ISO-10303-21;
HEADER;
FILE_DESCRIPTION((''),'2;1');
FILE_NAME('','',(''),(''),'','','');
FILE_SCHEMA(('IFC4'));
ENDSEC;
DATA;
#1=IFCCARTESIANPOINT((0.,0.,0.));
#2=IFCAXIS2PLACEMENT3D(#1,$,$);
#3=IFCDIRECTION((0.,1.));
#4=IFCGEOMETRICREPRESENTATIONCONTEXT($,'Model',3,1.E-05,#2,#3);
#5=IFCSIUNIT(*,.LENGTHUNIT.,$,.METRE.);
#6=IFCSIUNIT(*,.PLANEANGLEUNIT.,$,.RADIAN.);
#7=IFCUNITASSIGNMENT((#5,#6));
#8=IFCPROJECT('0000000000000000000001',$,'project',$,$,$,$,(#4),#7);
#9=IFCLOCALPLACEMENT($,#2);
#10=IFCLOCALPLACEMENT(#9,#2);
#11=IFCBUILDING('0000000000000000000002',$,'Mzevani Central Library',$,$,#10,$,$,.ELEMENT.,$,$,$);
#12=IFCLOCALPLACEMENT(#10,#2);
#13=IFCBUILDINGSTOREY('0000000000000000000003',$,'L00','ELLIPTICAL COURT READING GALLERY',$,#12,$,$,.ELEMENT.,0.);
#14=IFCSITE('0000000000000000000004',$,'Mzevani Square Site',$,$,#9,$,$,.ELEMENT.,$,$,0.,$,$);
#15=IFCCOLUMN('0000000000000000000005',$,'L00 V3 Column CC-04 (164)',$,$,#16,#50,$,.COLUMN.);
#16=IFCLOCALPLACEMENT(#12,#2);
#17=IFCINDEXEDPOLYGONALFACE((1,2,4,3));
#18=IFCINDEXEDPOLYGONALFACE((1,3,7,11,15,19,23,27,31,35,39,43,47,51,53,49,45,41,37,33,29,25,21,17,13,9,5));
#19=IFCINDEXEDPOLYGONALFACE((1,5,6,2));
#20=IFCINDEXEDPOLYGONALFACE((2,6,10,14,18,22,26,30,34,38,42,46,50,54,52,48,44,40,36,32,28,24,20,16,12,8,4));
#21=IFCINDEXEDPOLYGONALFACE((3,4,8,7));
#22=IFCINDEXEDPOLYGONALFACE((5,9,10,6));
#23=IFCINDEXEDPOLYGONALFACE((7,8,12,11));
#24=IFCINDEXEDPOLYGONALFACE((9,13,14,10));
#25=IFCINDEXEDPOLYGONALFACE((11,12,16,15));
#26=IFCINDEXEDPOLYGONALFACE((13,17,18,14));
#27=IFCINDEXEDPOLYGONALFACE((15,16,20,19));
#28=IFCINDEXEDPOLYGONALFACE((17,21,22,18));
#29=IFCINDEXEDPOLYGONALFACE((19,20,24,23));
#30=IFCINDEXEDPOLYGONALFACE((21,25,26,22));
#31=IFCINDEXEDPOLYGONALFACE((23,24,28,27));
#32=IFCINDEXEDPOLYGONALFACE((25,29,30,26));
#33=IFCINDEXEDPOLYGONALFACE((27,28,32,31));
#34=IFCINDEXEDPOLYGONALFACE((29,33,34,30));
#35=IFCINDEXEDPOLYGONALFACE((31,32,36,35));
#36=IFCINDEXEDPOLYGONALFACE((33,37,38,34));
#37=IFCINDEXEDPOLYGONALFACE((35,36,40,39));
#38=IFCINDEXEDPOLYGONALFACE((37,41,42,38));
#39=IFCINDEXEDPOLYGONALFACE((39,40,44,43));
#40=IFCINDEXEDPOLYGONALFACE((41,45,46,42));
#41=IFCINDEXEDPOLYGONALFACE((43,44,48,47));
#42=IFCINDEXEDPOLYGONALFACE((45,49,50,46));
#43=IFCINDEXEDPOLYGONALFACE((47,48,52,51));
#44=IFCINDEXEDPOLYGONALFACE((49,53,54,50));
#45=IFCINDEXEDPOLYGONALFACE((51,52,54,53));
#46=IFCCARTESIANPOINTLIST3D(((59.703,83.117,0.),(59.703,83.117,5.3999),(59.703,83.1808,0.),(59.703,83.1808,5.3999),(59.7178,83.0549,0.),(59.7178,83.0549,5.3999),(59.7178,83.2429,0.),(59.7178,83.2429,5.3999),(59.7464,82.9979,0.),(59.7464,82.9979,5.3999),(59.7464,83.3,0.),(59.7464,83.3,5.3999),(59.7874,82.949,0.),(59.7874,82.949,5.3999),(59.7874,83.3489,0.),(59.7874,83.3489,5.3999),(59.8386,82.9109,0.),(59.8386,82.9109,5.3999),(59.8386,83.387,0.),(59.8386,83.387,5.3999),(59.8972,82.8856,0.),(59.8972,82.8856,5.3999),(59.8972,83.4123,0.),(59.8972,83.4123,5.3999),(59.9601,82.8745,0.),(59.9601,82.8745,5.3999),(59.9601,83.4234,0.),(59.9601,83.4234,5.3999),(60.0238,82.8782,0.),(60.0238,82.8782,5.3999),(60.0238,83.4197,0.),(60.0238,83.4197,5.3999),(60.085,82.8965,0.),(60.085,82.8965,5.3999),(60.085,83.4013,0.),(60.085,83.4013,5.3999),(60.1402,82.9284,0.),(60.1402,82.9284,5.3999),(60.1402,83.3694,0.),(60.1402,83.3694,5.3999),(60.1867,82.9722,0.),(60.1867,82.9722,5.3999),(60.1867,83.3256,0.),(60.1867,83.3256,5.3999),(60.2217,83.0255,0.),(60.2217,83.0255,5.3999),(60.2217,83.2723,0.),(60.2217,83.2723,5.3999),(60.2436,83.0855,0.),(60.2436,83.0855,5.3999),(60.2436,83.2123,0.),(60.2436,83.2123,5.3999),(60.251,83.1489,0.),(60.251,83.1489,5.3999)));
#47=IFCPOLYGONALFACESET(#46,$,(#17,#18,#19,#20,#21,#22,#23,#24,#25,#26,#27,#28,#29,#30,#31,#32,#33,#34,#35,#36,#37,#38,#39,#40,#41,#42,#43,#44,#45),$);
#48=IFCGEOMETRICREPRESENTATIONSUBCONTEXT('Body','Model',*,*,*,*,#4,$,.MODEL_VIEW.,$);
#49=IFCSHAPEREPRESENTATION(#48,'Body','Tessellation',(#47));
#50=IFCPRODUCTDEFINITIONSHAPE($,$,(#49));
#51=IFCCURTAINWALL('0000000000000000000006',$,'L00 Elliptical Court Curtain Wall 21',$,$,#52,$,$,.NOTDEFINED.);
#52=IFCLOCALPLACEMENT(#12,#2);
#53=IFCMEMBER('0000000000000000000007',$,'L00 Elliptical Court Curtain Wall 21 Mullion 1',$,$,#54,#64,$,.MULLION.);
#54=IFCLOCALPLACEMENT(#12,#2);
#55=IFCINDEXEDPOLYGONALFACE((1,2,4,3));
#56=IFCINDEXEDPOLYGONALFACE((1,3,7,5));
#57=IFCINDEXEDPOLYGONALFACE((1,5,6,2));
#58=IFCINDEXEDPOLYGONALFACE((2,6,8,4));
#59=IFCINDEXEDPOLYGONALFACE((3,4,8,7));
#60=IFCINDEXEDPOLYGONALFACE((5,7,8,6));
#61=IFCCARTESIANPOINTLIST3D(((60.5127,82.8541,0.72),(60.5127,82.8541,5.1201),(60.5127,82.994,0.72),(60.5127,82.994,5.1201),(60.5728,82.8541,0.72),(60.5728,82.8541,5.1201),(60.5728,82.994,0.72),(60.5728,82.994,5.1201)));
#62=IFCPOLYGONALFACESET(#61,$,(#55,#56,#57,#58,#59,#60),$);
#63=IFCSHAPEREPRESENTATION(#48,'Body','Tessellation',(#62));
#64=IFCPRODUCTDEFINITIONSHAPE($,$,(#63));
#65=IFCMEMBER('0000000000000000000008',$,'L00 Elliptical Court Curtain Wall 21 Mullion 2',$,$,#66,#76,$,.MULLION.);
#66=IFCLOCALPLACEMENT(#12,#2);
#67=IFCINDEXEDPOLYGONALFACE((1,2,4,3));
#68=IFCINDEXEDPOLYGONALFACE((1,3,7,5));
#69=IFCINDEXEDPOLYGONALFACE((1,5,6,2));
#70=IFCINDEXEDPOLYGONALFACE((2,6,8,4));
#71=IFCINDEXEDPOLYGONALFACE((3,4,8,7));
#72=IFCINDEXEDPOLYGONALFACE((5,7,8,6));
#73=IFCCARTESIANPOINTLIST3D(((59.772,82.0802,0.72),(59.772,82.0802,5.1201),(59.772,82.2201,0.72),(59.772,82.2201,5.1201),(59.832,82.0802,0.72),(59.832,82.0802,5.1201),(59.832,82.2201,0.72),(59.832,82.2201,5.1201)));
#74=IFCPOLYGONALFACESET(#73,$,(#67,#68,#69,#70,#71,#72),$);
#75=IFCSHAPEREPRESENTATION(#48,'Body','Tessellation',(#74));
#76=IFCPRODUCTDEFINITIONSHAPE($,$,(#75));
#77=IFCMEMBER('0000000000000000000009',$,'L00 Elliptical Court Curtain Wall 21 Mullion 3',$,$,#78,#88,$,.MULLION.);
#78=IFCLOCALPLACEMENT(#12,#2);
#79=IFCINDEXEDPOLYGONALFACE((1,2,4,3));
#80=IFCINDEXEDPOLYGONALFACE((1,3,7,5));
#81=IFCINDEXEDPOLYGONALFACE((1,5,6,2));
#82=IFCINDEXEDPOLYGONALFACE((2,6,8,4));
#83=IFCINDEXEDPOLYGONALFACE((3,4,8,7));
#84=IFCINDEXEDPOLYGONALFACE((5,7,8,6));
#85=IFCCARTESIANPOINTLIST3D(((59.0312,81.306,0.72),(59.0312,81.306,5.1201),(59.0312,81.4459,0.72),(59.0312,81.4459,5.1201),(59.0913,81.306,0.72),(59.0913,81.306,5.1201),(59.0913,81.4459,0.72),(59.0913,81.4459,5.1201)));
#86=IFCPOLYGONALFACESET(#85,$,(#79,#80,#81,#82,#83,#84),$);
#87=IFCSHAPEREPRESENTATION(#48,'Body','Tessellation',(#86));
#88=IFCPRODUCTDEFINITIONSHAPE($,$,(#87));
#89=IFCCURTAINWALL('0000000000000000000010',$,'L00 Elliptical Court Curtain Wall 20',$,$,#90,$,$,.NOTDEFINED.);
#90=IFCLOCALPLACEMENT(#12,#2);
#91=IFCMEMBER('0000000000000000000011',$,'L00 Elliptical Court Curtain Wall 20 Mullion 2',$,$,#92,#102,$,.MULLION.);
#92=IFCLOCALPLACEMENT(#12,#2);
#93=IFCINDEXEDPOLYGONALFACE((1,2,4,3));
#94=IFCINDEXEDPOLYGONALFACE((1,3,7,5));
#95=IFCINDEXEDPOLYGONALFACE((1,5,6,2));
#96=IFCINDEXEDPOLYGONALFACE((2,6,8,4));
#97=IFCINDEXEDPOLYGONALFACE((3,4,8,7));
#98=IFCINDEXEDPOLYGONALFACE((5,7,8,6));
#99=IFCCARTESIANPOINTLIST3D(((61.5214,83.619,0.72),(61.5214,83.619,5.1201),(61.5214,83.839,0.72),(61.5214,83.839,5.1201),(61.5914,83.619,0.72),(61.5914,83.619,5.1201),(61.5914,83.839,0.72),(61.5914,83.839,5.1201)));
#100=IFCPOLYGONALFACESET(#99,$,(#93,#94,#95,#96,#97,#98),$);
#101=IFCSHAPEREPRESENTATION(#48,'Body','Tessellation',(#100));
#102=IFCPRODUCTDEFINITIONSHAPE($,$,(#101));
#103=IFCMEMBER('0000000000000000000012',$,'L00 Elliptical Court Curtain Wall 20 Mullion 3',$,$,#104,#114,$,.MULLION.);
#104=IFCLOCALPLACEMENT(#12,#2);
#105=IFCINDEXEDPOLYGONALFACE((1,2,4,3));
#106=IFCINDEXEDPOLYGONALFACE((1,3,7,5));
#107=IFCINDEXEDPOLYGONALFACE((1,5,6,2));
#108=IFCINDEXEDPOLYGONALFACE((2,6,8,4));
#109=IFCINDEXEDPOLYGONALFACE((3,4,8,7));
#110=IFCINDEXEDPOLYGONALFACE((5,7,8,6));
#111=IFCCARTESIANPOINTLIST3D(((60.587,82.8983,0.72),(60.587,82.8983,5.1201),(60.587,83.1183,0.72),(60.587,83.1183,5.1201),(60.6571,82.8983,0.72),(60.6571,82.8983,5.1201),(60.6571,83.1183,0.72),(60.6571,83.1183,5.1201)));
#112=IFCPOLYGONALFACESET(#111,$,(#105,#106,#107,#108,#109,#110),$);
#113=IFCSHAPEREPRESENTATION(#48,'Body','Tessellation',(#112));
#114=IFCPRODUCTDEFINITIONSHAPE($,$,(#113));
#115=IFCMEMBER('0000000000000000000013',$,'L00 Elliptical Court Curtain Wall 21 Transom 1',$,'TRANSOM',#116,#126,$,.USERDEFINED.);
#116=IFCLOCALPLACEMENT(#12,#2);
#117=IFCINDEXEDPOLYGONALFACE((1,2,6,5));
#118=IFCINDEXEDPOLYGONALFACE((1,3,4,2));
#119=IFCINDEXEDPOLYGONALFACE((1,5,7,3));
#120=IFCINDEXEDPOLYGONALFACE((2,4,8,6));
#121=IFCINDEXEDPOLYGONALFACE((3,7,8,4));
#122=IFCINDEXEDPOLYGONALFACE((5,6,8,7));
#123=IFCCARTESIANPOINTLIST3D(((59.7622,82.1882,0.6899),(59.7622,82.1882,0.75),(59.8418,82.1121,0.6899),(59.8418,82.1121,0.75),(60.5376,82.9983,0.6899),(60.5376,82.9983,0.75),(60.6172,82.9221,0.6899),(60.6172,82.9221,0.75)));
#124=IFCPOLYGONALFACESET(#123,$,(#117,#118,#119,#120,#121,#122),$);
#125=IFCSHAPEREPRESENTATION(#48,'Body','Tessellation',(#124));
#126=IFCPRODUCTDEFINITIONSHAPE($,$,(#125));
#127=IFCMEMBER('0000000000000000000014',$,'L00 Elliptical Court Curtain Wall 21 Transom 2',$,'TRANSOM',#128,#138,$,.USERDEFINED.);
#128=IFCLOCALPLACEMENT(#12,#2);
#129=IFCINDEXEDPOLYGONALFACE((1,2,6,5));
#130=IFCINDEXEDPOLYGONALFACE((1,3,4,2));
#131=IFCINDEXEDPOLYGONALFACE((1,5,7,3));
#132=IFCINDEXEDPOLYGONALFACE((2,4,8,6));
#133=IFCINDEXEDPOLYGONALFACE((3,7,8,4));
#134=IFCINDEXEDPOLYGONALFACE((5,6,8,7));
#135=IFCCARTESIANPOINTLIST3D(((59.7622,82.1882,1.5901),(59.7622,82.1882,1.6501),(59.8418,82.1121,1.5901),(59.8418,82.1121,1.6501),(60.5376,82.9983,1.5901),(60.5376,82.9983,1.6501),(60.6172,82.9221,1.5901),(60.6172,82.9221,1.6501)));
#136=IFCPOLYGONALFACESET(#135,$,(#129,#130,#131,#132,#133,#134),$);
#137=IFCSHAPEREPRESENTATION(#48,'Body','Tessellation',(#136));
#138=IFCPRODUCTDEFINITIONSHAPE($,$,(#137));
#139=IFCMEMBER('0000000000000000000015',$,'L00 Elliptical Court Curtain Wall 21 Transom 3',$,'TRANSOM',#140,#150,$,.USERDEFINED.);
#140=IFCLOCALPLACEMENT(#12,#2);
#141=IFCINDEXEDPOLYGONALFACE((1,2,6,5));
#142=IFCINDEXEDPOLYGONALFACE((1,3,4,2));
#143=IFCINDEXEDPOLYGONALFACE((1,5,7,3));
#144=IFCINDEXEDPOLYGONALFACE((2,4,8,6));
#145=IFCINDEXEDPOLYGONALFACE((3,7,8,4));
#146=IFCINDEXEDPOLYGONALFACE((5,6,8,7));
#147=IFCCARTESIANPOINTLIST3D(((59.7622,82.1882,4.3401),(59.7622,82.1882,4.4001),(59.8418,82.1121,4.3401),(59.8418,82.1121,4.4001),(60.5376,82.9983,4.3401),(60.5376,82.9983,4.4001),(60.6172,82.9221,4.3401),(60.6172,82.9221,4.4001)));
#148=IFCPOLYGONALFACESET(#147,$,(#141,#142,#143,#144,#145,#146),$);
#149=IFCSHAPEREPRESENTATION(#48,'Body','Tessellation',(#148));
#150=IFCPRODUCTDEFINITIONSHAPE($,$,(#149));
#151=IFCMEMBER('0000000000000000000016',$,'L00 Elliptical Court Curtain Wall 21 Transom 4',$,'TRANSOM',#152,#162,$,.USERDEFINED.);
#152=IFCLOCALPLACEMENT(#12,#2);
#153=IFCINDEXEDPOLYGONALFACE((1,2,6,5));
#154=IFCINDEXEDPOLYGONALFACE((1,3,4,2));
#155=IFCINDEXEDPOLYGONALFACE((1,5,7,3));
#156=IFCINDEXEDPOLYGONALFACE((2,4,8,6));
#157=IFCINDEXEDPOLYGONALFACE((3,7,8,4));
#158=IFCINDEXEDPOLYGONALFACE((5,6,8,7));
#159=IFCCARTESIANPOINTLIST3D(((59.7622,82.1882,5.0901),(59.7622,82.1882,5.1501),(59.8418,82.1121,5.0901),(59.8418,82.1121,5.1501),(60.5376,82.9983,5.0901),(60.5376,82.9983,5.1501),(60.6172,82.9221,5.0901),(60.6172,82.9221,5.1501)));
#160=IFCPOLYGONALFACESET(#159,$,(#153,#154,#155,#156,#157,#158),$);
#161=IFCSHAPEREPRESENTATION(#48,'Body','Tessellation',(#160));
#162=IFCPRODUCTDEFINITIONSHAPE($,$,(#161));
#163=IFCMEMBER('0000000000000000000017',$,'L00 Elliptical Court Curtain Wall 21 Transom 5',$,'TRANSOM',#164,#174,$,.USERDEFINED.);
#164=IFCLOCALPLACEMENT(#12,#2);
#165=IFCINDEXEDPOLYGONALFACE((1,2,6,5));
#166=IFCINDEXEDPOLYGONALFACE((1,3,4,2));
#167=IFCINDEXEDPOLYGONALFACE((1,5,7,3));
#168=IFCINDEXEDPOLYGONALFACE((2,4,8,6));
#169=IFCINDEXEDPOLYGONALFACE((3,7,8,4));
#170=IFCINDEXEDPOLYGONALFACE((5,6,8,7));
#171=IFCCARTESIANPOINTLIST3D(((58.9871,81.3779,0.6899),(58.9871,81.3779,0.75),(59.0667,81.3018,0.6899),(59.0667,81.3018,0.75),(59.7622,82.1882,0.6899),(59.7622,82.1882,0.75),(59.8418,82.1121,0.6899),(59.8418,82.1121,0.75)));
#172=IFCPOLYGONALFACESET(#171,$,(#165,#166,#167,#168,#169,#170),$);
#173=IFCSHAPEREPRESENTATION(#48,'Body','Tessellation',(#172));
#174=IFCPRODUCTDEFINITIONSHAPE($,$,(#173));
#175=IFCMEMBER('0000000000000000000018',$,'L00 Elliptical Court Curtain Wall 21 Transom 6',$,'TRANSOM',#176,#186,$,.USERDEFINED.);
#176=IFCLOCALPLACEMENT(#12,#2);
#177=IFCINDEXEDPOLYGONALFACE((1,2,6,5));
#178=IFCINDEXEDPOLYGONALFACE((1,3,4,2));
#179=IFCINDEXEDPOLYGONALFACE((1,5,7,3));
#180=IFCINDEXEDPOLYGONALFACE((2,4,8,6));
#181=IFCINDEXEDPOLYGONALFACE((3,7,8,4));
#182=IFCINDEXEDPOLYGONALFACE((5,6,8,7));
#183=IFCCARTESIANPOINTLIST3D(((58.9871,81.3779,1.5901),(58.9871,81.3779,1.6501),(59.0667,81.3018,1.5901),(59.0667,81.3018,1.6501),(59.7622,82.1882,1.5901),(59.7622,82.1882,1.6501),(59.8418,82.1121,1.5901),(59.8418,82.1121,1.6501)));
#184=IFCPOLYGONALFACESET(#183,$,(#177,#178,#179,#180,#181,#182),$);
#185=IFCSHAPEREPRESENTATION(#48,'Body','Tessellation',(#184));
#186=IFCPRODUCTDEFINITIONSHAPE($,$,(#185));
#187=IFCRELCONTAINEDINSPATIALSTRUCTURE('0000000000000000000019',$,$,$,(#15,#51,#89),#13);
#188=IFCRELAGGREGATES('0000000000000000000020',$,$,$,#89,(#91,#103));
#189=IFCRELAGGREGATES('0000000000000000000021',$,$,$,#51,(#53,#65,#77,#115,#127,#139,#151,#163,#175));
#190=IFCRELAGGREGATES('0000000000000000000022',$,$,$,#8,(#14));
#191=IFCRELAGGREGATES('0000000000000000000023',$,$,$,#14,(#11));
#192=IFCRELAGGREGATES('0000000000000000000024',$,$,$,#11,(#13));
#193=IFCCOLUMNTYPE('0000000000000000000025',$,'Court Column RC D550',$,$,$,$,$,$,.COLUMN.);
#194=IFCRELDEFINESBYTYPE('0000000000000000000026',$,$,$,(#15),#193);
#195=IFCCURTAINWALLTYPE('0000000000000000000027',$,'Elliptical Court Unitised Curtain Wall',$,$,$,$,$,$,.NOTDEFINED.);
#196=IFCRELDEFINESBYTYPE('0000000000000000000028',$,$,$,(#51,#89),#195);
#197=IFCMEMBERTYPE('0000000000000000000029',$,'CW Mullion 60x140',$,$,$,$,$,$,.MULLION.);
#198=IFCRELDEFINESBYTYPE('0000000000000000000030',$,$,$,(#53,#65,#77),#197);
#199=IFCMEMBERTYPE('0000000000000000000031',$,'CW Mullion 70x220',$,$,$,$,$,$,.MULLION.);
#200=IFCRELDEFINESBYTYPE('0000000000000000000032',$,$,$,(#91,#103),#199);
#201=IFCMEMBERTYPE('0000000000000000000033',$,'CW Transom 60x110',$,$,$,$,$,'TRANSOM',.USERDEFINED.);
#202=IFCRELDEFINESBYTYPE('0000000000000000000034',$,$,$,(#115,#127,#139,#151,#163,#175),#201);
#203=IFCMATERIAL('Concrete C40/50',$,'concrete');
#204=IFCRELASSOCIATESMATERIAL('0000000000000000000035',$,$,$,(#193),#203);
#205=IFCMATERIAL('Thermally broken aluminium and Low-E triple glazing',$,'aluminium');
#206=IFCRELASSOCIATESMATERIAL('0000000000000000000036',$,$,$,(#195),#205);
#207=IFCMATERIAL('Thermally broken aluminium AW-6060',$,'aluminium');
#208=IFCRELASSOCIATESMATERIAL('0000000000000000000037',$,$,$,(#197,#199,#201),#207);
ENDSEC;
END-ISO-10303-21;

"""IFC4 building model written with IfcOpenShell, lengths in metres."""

from ifc_helpers import new_model, si_unit, direction, frame, origin, origin_2d, place, context, subcontext, project, spatial, rectangle, circle, extrude, material, material_profile, profile_set, type_object, element, aggregate, save


model = new_model("IFC4")

# Units and contexts
model_context = context("Model", 3, precision=1e-05, world=origin(), true_north=direction((0.0, 1.0)))
body_context = subcontext(model_context, "Body", "Model", "MODEL_VIEW")
ifc_project = project(units=[si_unit("LENGTHUNIT", "METRE"), si_unit("PLANEANGLEUNIT", "RADIAN")], contexts=[model_context])

# Site, building, storey
site_placement = place(None, origin())
site = spatial("IfcSite", under=ifc_project, at=site_placement, Name="Mzevani Square Site", CompositionType="ELEMENT", RefElevation=0.0)
building_placement = place(site_placement, origin())
building = spatial("IfcBuilding", under=site, at=building_placement, Name="Mzevani Central Library", CompositionType="ELEMENT")
storey_placement = place(building_placement, origin())
storey = spatial("IfcBuildingStorey", under=building, at=storey_placement, Name="L00", Description="ELLIPTICAL COURT READING GALLERY", CompositionType="ELEMENT", Elevation=0.0)

# Column
ifc_material_1 = material(Name="Concrete C40/50", Category="concrete")
ifc_material_profile_1 = material_profile(ifc_material_1, circle(Radius=0.2749, at=origin_2d()), Name="RC D550")
ifc_profile_set_1 = profile_set([ifc_material_profile_1], Name="Concrete C40/50")
column_type = type_object("IfcColumnType", Name="Court Column RC D550", PredefinedType="COLUMN", material=ifc_profile_set_1)
column_placement = place(storey_placement, frame((59.9761, 83.1489, 0.0), z_axis=(0.0, 0.0, 1.0), x_axis=(1.0, 0.0, 0.0)))
element("IfcColumn", 1, at=column_placement, inside=storey, type_object=column_type, Name="L00 V3 Column CC-04 (164)", PredefinedType="COLUMN", context=body_context, shape_type="SweptSolid", body=[
    extrude(circle(Radius=0.2749, at=origin_2d()), origin(), (0.0, 0.0, 1.0), 5.3999),
])

# Curtain walls, members
ifc_material_2 = material(Name="Thermally broken aluminium and Low-E triple glazing", Category="aluminium")
curtain_wall_type_1 = type_object("IfcCurtainWallType", Name="Elliptical Court Unitised Curtain Wall", PredefinedType="NOTDEFINED", material=ifc_material_2)
curtain_wall_1_placement = place(storey_placement, origin())
curtain_wall_1 = element("IfcCurtainWall", 2, at=curtain_wall_1_placement, inside=storey, type_object=curtain_wall_type_1, Name="L00 Elliptical Court Curtain Wall 21", PredefinedType="NOTDEFINED")
ifc_material_3 = material(Name="Thermally broken aluminium AW-6060", Category="aluminium")
ifc_material_profile_2 = material_profile(ifc_material_3, rectangle(XDim=0.0601, YDim=0.1399, at=origin_2d()), Name="ALU M60x140")
ifc_profile_set_2 = profile_set([ifc_material_profile_2], Name="Thermally broken aluminium AW-6060")
member_type_1 = type_object("IfcMemberType", Name="CW Mullion 60x140", PredefinedType="MULLION", material=ifc_profile_set_2)
member_1_placement = place(storey_placement, frame((60.5427, 82.9241, 0.72), z_axis=(0.0, 0.0, 1.0), x_axis=(1.0, 0.0, 0.0)))
member_1 = element("IfcMember", 3, at=member_1_placement, type_object=member_type_1, Name="L00 Elliptical Court Curtain Wall 21 Mullion 1", PredefinedType="MULLION", context=body_context, shape_type="SweptSolid", body=[
    extrude(rectangle(XDim=0.0601, YDim=0.1399, at=origin_2d()), origin(), (0.0, 0.0, 1.0), 4.4001),
])
member_2_placement = place(storey_placement, frame((59.802, 82.1501, 0.72), z_axis=(0.0, 0.0, 1.0), x_axis=(1.0, 0.0, 0.0)))
member_2 = element("IfcMember", 4, at=member_2_placement, type_object=member_type_1, Name="L00 Elliptical Court Curtain Wall 21 Mullion 2", PredefinedType="MULLION", context=body_context, shape_type="SweptSolid", body=[
    extrude(rectangle(XDim=0.0601, YDim=0.1399, at=origin_2d()), origin(), (0.0, 0.0, 1.0), 4.4001),
])
member_3_placement = place(storey_placement, frame((59.0613, 81.376, 0.72), z_axis=(0.0, 0.0, 1.0), x_axis=(1.0, 0.0, 0.0)))
member_3 = element("IfcMember", 5, at=member_3_placement, type_object=member_type_1, Name="L00 Elliptical Court Curtain Wall 21 Mullion 3", PredefinedType="MULLION", context=body_context, shape_type="SweptSolid", body=[
    extrude(rectangle(XDim=0.0601, YDim=0.1399, at=origin_2d()), origin(), (0.0, 0.0, 1.0), 4.4001),
])
curtain_wall_2_placement = place(storey_placement, origin())
curtain_wall_2 = element("IfcCurtainWall", 6, at=curtain_wall_2_placement, inside=storey, type_object=curtain_wall_type_1, Name="L00 Elliptical Court Curtain Wall 20", PredefinedType="NOTDEFINED")
ifc_material_profile_3 = material_profile(ifc_material_3, rectangle(XDim=0.0701, YDim=0.22, at=origin_2d()), Name="ALU M70x220")
ifc_profile_set_3 = profile_set([ifc_material_profile_3], Name="Thermally broken aluminium AW-6060")
member_type_2 = type_object("IfcMemberType", Name="CW Mullion 70x220", PredefinedType="MULLION", material=ifc_profile_set_3)
member_4_placement = place(storey_placement, frame((61.5564, 83.729, 0.72), z_axis=(0.0, 0.0, 1.0), x_axis=(1.0, 0.0, 0.0)))
member_4 = element("IfcMember", 7, at=member_4_placement, type_object=member_type_2, Name="L00 Elliptical Court Curtain Wall 20 Mullion 2", PredefinedType="MULLION", context=body_context, shape_type="SweptSolid", body=[
    extrude(rectangle(XDim=0.0701, YDim=0.22, at=origin_2d()), origin(), (0.0, 0.0, 1.0), 4.4001),
])
member_5_placement = place(storey_placement, frame((60.6221, 83.0083, 0.72), z_axis=(0.0, 0.0, 1.0), x_axis=(1.0, 0.0, 0.0)))
member_5 = element("IfcMember", 8, at=member_5_placement, type_object=member_type_2, Name="L00 Elliptical Court Curtain Wall 20 Mullion 3", PredefinedType="MULLION", context=body_context, shape_type="SweptSolid", body=[
    extrude(rectangle(XDim=0.0701, YDim=0.22, at=origin_2d()), origin(), (0.0, 0.0, 1.0), 4.4001),
])

# Members
ifc_material_profile_4 = material_profile(ifc_material_3, rectangle(XDim=0.1101, YDim=0.0601, at=origin_2d()), Name="ALU T60x110")
ifc_profile_set_4 = profile_set([ifc_material_profile_4], Name="Thermally broken aluminium AW-6060")
member_type_3 = type_object("IfcMemberType", Name="CW Transom 60x110", ElementType="TRANSOM", PredefinedType="USERDEFINED", material=ifc_profile_set_4)
member_6_placement = place(storey_placement, frame((60.5774, 82.9602, 0.72), z_axis=(-0.69148, -0.722396, 0.0), x_axis=(0.722396, -0.69148, 0.0)))
member_6 = element("IfcMember", 9, at=member_6_placement, type_object=member_type_3, Name="L00 Elliptical Court Curtain Wall 21 Transom 1", ObjectType="TRANSOM", PredefinedType="USERDEFINED", context=body_context, shape_type="SweptSolid", body=[
    extrude(rectangle(XDim=0.1101, YDim=0.0601, at=origin_2d()), origin(), (0.0, 0.0, 1.0), 1.1213),
])
member_7_placement = place(storey_placement, frame((60.5774, 82.9602, 1.6201), z_axis=(-0.69148, -0.722396, 0.0), x_axis=(0.722396, -0.69148, 0.0)))
member_7 = element("IfcMember", 10, at=member_7_placement, type_object=member_type_3, Name="L00 Elliptical Court Curtain Wall 21 Transom 2", ObjectType="TRANSOM", PredefinedType="USERDEFINED", context=body_context, shape_type="SweptSolid", body=[
    extrude(rectangle(XDim=0.1101, YDim=0.0601, at=origin_2d()), origin(), (0.0, 0.0, 1.0), 1.1213),
])
member_8_placement = place(storey_placement, frame((60.5774, 82.9602, 4.3701), z_axis=(-0.69148, -0.722396, 0.0), x_axis=(0.722396, -0.69148, 0.0)))
member_8 = element("IfcMember", 11, at=member_8_placement, type_object=member_type_3, Name="L00 Elliptical Court Curtain Wall 21 Transom 3", ObjectType="TRANSOM", PredefinedType="USERDEFINED", context=body_context, shape_type="SweptSolid", body=[
    extrude(rectangle(XDim=0.1101, YDim=0.0601, at=origin_2d()), origin(), (0.0, 0.0, 1.0), 1.1213),
])
member_9_placement = place(storey_placement, frame((60.5774, 82.9602, 5.1201), z_axis=(-0.69148, -0.722396, 0.0), x_axis=(0.722396, -0.69148, 0.0)))
member_9 = element("IfcMember", 12, at=member_9_placement, type_object=member_type_3, Name="L00 Elliptical Court Curtain Wall 21 Transom 4", ObjectType="TRANSOM", PredefinedType="USERDEFINED", context=body_context, shape_type="SweptSolid", body=[
    extrude(rectangle(XDim=0.1101, YDim=0.0601, at=origin_2d()), origin(), (0.0, 0.0, 1.0), 1.1213),
])
member_10_placement = place(storey_placement, frame((59.802, 82.1501, 0.72), z_axis=(-0.691257, -0.722609, 0.0), x_axis=(0.722609, -0.691257, 0.0)))
member_10 = element("IfcMember", 13, at=member_10_placement, type_object=member_type_3, Name="L00 Elliptical Court Curtain Wall 21 Transom 5", ObjectType="TRANSOM", PredefinedType="USERDEFINED", context=body_context, shape_type="SweptSolid", body=[
    extrude(rectangle(XDim=0.1101, YDim=0.0601, at=origin_2d()), origin(), (0.0, 0.0, 1.0), 1.1213),
])
member_11_placement = place(storey_placement, frame((59.802, 82.1501, 1.6201), z_axis=(-0.691257, -0.722609, 0.0), x_axis=(0.722609, -0.691257, 0.0)))
member_11 = element("IfcMember", 14, at=member_11_placement, type_object=member_type_3, Name="L00 Elliptical Court Curtain Wall 21 Transom 6", ObjectType="TRANSOM", PredefinedType="USERDEFINED", context=body_context, shape_type="SweptSolid", body=[
    extrude(rectangle(XDim=0.1101, YDim=0.0601, at=origin_2d()), origin(), (0.0, 0.0, 1.0), 1.1213),
])

aggregate(curtain_wall_2, [member_4, member_5])
aggregate(curtain_wall_1, [member_1, member_2, member_3, member_6, member_7, member_8, member_9, member_10, member_11])

save(model, "model.ifc")
